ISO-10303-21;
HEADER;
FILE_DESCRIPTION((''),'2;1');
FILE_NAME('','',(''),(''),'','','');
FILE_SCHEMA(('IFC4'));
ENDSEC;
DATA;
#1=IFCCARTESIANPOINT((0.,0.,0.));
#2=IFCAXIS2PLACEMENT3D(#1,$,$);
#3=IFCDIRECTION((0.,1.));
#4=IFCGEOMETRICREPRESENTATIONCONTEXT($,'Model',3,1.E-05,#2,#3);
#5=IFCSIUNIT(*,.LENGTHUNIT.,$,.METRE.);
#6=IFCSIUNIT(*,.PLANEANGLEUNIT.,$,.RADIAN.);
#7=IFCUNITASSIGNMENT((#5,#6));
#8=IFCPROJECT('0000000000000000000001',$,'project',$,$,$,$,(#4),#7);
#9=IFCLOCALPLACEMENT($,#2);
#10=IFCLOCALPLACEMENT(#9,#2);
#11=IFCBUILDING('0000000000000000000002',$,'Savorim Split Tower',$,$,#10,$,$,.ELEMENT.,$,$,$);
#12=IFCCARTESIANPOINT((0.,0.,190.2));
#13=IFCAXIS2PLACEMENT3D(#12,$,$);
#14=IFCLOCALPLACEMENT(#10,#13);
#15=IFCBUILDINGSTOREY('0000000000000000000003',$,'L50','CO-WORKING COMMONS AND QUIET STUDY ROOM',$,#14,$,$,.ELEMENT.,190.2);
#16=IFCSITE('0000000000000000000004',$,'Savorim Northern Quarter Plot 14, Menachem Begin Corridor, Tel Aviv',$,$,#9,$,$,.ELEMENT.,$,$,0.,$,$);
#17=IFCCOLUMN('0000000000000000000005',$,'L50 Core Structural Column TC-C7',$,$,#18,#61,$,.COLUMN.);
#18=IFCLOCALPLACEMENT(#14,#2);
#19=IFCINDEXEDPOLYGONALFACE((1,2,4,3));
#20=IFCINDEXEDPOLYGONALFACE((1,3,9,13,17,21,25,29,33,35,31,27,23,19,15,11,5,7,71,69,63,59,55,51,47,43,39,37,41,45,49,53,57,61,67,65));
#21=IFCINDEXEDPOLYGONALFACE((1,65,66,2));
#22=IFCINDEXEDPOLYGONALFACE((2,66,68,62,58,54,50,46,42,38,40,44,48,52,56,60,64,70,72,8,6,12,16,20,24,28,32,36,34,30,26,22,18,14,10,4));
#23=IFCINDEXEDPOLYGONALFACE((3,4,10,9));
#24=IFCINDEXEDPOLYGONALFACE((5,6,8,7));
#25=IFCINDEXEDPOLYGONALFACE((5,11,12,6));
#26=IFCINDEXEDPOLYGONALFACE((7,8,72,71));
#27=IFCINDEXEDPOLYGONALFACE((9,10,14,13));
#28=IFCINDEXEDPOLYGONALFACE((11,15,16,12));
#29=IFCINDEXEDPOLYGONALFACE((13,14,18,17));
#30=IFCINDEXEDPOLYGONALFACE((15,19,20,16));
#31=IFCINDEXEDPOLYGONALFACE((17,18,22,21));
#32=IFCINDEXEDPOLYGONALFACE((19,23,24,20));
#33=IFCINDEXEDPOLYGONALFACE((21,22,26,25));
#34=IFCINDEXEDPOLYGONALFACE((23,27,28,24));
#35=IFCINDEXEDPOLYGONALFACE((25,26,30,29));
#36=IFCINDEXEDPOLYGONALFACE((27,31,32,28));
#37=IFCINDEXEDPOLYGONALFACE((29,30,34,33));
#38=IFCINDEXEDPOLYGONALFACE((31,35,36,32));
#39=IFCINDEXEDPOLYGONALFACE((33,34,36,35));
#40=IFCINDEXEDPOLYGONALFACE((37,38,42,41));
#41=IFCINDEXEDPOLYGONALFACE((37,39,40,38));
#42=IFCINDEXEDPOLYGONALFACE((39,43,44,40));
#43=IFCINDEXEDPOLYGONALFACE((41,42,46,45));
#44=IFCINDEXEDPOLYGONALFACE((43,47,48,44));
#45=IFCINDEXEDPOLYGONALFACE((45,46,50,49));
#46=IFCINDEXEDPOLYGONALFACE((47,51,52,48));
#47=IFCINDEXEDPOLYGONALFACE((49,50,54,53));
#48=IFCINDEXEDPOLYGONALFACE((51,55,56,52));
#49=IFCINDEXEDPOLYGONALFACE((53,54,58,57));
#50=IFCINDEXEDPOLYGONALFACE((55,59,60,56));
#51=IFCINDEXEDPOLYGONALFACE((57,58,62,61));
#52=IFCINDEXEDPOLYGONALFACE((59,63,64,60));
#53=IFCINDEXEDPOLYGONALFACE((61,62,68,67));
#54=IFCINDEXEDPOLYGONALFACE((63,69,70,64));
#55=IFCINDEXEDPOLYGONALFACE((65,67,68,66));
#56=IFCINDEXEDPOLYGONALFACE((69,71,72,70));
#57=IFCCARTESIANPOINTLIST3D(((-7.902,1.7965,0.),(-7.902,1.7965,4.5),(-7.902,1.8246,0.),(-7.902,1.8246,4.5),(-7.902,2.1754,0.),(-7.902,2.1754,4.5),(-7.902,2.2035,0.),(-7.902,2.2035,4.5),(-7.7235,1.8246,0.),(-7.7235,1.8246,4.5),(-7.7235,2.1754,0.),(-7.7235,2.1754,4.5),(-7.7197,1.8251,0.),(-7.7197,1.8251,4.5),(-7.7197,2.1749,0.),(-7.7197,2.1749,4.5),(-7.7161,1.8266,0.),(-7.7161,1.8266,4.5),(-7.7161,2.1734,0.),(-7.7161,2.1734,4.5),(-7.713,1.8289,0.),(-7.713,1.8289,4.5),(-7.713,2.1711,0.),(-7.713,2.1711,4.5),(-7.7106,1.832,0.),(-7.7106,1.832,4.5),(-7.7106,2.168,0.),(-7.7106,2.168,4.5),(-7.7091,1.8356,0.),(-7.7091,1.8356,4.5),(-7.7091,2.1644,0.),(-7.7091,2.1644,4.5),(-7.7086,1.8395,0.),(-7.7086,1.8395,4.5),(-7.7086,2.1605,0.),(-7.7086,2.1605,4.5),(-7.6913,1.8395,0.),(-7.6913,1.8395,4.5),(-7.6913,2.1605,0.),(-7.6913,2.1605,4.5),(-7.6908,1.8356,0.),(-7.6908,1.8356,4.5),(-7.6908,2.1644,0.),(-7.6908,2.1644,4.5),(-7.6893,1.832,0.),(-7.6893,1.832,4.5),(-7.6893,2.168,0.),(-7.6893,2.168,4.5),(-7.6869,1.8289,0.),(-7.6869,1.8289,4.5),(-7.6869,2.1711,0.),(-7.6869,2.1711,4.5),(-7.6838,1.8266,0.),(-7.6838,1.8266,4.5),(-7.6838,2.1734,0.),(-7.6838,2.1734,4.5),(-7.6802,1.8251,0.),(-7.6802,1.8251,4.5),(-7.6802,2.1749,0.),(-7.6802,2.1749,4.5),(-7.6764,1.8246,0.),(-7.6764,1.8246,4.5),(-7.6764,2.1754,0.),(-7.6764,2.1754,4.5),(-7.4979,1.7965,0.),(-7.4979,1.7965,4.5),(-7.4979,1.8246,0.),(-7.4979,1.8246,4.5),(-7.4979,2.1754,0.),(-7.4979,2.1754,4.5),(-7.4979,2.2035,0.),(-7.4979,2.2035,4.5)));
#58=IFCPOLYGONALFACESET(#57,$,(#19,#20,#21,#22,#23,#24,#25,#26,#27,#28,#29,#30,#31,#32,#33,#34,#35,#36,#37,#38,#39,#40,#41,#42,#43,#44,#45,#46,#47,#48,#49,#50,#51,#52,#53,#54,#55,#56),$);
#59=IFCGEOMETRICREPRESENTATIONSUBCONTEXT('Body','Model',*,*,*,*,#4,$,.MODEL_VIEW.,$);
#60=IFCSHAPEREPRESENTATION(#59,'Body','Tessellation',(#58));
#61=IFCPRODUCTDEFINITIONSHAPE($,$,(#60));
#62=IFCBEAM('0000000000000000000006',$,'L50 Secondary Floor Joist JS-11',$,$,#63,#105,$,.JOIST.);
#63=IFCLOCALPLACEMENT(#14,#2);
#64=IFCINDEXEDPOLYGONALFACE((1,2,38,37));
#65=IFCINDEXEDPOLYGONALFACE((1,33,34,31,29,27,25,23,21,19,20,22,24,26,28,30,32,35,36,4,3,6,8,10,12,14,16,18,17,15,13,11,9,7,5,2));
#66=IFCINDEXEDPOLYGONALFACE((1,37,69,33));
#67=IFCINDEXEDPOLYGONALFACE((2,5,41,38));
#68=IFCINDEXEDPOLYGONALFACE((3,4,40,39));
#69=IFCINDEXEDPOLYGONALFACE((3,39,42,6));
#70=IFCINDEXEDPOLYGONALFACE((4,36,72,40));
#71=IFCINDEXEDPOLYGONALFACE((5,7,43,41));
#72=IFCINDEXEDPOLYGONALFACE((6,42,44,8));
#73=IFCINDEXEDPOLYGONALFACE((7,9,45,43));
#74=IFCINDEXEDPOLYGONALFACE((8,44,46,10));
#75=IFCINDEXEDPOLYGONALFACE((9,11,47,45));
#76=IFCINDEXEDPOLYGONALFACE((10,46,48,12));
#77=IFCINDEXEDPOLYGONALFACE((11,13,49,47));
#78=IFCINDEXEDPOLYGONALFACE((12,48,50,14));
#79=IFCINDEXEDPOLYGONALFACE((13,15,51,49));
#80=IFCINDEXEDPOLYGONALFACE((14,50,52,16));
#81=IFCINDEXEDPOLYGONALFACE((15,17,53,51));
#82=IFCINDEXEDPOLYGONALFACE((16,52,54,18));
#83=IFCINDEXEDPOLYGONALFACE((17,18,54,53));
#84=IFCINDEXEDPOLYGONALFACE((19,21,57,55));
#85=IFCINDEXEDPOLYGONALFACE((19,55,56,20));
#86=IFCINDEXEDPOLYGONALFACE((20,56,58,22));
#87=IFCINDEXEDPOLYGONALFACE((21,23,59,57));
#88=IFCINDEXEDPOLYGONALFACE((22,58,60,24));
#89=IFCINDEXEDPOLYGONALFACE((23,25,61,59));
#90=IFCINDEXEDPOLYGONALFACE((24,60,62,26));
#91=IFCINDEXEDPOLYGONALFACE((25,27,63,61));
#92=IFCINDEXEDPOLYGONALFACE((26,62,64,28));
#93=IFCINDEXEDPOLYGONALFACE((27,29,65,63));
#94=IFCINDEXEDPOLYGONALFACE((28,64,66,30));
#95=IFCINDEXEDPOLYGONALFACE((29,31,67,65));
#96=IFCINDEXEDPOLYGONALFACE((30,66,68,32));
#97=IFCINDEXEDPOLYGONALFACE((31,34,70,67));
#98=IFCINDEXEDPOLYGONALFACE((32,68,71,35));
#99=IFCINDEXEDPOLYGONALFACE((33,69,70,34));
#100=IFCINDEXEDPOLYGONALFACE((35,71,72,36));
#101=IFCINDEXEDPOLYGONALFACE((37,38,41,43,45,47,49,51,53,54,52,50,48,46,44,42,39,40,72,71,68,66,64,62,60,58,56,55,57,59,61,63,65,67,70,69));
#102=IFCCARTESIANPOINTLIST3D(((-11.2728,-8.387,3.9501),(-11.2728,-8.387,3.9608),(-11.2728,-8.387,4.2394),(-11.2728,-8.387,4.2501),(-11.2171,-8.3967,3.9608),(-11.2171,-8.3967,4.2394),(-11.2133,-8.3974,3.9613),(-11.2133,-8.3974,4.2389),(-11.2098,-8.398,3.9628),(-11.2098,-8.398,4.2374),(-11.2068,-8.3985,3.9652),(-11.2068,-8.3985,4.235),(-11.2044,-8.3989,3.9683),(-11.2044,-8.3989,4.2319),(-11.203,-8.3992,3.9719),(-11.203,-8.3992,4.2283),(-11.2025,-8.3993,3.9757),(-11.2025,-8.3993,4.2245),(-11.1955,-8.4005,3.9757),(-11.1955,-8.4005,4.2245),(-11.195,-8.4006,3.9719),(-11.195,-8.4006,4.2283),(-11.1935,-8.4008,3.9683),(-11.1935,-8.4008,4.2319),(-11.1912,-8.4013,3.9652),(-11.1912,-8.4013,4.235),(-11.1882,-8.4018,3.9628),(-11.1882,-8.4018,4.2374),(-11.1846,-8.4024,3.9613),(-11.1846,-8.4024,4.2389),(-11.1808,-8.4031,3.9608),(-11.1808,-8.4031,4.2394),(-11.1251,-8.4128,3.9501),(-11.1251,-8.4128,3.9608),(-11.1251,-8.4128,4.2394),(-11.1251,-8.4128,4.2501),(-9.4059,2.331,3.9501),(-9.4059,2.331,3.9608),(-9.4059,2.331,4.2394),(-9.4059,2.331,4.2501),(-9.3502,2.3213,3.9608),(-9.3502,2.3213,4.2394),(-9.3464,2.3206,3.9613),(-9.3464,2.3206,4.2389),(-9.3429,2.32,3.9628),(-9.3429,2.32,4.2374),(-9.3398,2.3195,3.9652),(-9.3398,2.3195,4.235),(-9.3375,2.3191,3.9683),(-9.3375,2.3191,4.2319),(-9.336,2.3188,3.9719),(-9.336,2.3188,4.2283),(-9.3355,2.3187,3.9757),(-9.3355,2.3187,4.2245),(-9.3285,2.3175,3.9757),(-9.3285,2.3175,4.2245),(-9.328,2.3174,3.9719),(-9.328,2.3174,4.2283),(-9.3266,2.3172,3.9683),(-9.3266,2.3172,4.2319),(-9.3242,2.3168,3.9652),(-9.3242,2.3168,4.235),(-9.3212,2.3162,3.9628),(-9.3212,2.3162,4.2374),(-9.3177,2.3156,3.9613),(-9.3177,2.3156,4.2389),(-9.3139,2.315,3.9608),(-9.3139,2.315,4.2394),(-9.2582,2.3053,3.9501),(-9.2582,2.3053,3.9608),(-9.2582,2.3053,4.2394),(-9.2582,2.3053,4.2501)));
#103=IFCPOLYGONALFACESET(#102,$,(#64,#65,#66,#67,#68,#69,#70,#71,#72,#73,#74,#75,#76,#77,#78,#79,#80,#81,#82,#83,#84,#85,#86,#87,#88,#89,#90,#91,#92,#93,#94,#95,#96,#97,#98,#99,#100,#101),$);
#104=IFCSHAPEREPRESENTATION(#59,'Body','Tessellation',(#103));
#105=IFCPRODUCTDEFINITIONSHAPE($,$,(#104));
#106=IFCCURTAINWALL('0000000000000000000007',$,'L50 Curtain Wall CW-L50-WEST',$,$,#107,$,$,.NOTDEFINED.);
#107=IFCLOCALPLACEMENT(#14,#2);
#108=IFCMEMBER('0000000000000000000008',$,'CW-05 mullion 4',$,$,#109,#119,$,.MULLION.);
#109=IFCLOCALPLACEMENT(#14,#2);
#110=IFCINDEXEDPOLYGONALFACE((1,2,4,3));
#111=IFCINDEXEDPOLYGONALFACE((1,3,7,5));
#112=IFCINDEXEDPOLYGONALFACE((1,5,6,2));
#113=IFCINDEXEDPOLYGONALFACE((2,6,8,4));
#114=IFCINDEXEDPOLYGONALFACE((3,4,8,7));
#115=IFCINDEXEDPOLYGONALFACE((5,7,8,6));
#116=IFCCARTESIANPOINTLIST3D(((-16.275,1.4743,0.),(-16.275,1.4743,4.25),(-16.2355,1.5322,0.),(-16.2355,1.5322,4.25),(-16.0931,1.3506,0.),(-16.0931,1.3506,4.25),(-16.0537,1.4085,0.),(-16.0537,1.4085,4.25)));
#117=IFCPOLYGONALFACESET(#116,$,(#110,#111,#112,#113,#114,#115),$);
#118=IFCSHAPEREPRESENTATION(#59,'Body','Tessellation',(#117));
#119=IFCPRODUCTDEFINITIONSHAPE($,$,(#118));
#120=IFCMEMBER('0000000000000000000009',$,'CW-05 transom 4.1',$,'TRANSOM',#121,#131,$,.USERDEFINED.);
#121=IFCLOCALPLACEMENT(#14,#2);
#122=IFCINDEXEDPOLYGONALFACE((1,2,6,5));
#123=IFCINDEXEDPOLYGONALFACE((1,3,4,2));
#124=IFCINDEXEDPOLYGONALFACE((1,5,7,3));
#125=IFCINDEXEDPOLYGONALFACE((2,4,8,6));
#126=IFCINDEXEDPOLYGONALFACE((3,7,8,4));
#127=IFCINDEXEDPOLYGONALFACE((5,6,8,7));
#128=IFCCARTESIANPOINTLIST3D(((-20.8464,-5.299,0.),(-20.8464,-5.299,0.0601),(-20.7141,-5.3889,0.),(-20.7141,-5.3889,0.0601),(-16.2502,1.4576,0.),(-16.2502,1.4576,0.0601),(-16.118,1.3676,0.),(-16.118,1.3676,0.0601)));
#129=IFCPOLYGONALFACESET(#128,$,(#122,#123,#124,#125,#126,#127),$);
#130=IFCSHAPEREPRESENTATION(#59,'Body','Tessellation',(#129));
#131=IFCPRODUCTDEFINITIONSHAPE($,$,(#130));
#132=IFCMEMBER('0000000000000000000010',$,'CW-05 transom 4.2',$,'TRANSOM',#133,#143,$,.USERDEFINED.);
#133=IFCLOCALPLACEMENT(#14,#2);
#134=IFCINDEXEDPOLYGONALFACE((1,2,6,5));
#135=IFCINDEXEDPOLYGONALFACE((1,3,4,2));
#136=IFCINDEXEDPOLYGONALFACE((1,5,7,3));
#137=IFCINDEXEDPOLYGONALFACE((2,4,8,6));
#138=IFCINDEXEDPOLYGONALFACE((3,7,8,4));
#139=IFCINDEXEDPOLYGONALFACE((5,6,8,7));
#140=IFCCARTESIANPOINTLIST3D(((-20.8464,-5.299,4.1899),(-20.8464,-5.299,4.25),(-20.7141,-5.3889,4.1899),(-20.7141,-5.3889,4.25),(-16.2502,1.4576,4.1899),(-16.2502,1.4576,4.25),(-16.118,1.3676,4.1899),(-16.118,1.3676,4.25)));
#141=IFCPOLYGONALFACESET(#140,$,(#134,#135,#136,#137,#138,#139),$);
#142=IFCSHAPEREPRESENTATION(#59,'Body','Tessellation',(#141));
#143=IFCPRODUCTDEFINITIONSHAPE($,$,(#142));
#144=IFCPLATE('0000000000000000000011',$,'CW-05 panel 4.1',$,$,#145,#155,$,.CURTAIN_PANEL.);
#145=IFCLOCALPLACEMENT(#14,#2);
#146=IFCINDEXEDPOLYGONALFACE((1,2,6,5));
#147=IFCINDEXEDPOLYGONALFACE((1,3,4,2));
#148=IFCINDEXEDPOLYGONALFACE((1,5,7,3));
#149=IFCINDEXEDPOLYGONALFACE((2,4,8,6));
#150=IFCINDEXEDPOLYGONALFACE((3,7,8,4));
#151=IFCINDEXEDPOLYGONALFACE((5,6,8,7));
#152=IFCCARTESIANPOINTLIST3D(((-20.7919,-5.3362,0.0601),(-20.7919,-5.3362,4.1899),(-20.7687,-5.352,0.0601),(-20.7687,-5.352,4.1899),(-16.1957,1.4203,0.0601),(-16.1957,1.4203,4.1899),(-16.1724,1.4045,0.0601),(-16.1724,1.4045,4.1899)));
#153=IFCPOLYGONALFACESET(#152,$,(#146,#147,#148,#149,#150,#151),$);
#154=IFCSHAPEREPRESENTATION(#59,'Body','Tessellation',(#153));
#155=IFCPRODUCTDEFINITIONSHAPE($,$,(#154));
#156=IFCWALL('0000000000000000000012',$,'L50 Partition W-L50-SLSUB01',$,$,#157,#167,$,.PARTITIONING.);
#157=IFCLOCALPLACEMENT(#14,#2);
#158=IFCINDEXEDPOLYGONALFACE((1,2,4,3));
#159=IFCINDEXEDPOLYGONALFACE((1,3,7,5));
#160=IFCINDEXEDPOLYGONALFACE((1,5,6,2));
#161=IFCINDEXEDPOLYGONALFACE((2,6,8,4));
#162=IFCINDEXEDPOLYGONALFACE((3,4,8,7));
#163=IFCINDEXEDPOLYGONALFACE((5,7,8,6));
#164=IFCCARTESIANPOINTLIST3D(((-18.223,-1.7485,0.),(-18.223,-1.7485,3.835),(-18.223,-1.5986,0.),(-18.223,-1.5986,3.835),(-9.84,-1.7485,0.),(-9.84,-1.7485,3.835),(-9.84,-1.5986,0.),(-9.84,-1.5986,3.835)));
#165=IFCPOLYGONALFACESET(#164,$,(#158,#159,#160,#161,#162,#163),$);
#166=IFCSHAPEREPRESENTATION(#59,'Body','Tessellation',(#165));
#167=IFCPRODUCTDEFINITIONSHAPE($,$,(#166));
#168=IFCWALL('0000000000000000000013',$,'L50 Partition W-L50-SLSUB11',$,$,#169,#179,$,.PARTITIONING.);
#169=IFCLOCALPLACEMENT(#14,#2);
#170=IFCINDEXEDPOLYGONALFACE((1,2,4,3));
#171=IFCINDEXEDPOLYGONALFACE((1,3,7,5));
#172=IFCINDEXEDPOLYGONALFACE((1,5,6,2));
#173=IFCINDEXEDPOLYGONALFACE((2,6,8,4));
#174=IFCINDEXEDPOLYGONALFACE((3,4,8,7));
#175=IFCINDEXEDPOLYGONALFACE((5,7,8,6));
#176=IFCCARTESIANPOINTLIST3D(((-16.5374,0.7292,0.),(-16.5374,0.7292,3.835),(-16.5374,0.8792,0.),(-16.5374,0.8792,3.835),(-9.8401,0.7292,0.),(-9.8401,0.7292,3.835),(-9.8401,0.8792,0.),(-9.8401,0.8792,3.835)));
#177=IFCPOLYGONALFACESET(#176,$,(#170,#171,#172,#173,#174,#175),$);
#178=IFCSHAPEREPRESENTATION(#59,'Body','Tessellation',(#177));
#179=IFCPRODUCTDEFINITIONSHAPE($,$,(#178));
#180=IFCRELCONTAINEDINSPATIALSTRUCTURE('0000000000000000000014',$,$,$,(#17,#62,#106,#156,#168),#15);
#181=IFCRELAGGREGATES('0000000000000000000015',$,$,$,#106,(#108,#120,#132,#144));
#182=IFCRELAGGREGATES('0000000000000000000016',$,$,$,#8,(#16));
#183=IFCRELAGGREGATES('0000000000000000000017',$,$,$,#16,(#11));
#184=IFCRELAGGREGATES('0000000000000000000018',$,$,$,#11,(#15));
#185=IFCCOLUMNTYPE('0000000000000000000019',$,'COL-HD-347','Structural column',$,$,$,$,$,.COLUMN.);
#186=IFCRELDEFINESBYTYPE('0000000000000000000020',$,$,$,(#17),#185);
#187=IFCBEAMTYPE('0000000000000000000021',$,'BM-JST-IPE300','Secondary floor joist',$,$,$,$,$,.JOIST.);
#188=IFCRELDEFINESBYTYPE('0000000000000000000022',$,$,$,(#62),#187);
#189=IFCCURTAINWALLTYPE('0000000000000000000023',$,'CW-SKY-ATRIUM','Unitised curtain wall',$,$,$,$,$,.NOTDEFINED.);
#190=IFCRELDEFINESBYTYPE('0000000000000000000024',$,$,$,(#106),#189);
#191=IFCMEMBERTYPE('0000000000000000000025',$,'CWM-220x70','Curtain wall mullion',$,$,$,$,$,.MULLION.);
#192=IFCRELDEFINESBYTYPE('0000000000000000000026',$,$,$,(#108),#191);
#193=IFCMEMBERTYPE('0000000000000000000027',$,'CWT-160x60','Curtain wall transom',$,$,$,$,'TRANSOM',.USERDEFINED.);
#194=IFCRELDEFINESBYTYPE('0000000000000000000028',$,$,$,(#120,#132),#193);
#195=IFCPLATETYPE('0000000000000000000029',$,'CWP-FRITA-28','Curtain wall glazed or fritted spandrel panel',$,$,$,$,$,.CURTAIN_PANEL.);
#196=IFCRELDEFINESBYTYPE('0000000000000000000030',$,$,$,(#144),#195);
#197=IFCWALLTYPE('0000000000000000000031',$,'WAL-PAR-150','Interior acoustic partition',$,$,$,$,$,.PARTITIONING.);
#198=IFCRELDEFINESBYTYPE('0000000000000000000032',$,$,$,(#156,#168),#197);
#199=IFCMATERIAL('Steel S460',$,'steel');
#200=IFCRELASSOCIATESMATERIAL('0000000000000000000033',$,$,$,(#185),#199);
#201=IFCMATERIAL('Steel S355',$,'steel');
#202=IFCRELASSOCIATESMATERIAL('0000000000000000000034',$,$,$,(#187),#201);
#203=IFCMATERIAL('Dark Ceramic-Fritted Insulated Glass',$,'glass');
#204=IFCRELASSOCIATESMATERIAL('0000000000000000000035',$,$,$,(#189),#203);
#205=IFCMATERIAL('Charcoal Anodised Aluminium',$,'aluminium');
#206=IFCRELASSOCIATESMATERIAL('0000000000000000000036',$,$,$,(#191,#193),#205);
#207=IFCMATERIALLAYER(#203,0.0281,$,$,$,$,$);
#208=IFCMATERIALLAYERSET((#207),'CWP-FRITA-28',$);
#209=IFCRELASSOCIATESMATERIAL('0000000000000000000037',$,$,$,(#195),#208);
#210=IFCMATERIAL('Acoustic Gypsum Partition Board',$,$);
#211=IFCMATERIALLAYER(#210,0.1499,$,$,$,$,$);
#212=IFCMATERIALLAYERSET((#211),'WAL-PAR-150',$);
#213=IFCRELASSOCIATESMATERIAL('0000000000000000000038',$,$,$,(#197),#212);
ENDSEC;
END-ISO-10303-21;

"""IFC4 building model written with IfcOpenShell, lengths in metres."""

from ifc_helpers import new_model, si_unit, direction, frame, frame_2d, origin, origin_2d, place, context, subcontext, project, spatial, rectangle, i_section, extrude, material, layer, layer_set, material_profile, profile_set, type_object, element, aggregate, save


model = new_model("IFC4")

# Units and contexts
model_context = context("Model", 3, precision=1e-05, world=origin(), true_north=direction((0.0, 1.0)))
body_context = subcontext(model_context, "Body", "Model", "MODEL_VIEW")
ifc_project = project(units=[si_unit("LENGTHUNIT", "METRE"), si_unit("PLANEANGLEUNIT", "RADIAN")], contexts=[model_context])

# Site, building, storey
site_placement = place(None, origin())
site = spatial("IfcSite", under=ifc_project, at=site_placement, Name="Savorim Northern Quarter Plot 14, Menachem Begin Corridor, Tel Aviv", CompositionType="ELEMENT", RefElevation=0.0)
building_placement = place(site_placement, origin())
building = spatial("IfcBuilding", under=site, at=building_placement, Name="Savorim Split Tower", CompositionType="ELEMENT")
storey_placement = place(building_placement, frame((0.0, 0.0, 190.2)))
storey = spatial("IfcBuildingStorey", under=building, at=storey_placement, Name="L50", Description="CO-WORKING COMMONS AND QUIET STUDY ROOM", CompositionType="ELEMENT", Elevation=190.2)

# Column
ifc_material_1 = material(Name="Steel S460", Category="steel")
ifc_material_profile_1 = material_profile(ifc_material_1, i_section(OverallWidth=0.4041, OverallDepth=0.407, WebThickness=0.0173, FlangeThickness=0.0281, FilletRadius=0.0149, at=origin_2d()), Name="HD 400x347")
ifc_profile_set_1 = profile_set([ifc_material_profile_1], Name="Steel S460")
column_type = type_object("IfcColumnType", Name="COL-HD-347", Description="Structural column", PredefinedType="COLUMN", material=ifc_profile_set_1)
column_placement = place(storey_placement, frame((-7.7, 2.0, 0.0), z_axis=(0.0, 0.0, 1.0), x_axis=(1.0, 0.0, 0.0)))
element("IfcColumn", 1, at=column_placement, inside=storey, type_object=column_type, Name="L50 Core Structural Column TC-C7", PredefinedType="COLUMN", context=body_context, shape_type="SweptSolid", body=[
    extrude(i_section(OverallWidth=0.4041, OverallDepth=0.407, WebThickness=0.0173, FlangeThickness=0.0281, FilletRadius=0.0149, at=origin_2d()), origin(), (0.0, 0.0, 1.0), 4.5),
])

# Beam
ifc_material_2 = material(Name="Steel S355", Category="steel")
ifc_material_profile_2 = material_profile(ifc_material_2, i_section(OverallWidth=0.1499, OverallDepth=0.3, WebThickness=0.0071, FlangeThickness=0.0107, FilletRadius=0.0149, at=origin_2d()), Name="IPE 300")
ifc_profile_set_2 = profile_set([ifc_material_profile_2], Name="Steel S355")
beam_type = type_object("IfcBeamType", Name="BM-JST-IPE300", Description="Secondary floor joist", PredefinedType="JOIST", material=ifc_profile_set_2)
beam_placement = place(storey_placement, frame((-9.332, 2.3181, 4.1001), z_axis=(-0.171603, -0.985166, 0.0), x_axis=(0.985166, -0.171603, 0.0)))
element("IfcBeam", 2, at=beam_placement, inside=storey, type_object=beam_type, Name="L50 Secondary Floor Joist JS-11", PredefinedType="JOIST", context=body_context, shape_type="SweptSolid", body=[
    extrude(i_section(OverallWidth=0.1499, OverallDepth=0.3, WebThickness=0.0071, FlangeThickness=0.0107, FilletRadius=0.0149, at=origin_2d()), origin(), (0.0, 0.0, 1.0), 10.8794),
])

# Curtain wall, members, plate
ifc_material_3 = material(Name="Dark Ceramic-Fritted Insulated Glass", Category="glass")
curtain_wall_type = type_object("IfcCurtainWallType", Name="CW-SKY-ATRIUM", Description="Unitised curtain wall", PredefinedType="NOTDEFINED", material=ifc_material_3)
curtain_wall_placement = place(storey_placement, origin())
curtain_wall = element("IfcCurtainWall", 3, at=curtain_wall_placement, inside=storey, type_object=curtain_wall_type, Name="L50 Curtain Wall CW-L50-WEST", PredefinedType="NOTDEFINED")
ifc_material_4 = material(Name="Charcoal Anodised Aluminium", Category="aluminium")
ifc_material_profile_3 = material_profile(ifc_material_4, rectangle(XDim=0.22, YDim=0.0701, at=origin_2d()), Name="ALU-M 220x70")
ifc_profile_set_3 = profile_set([ifc_material_profile_3], Name="Charcoal Anodised Aluminium")
member_type_1 = type_object("IfcMemberType", Name="CWM-220x70", Description="Curtain wall mullion", PredefinedType="MULLION", material=ifc_profile_set_3)
member_1_placement = place(storey_placement, frame((-16.1643, 1.4414, 0.0), z_axis=(0.0, 0.0, 1.0), x_axis=(0.82682, -0.562466, 0.0)))
member_1 = element("IfcMember", 4, at=member_1_placement, type_object=member_type_1, Name="CW-05 mullion 4", PredefinedType="MULLION", context=body_context, shape_type="SweptSolid", body=[
    extrude(rectangle(XDim=0.22, YDim=0.0701, at=origin_2d()), origin(), (0.0, 0.0, 1.0), 4.25),
])
ifc_material_profile_4 = material_profile(ifc_material_4, rectangle(XDim=0.1599, YDim=0.0601, at=origin_2d()), Name="ALU-T 160x60")
ifc_profile_set_4 = profile_set([ifc_material_profile_4], Name="Charcoal Anodised Aluminium")
member_type_2 = type_object("IfcMemberType", Name="CWT-160x60", Description="Curtain wall transom", ElementType="TRANSOM", PredefinedType="USERDEFINED", material=ifc_profile_set_4)
member_2_placement = place(storey_placement, frame((-16.1841, 1.4126, 0.03), z_axis=(-0.562453, -0.826829, 0.0), x_axis=(0.826829, -0.562453, 0.0)))
member_2 = element("IfcMember", 5, at=member_2_placement, type_object=member_type_2, Name="CW-05 transom 4.1", ObjectType="TRANSOM", PredefinedType="USERDEFINED", context=body_context, shape_type="SweptSolid", body=[
    extrude(rectangle(XDim=0.1599, YDim=0.0601, at=origin_2d()), origin(), (0.0, 0.0, 1.0), 8.1716),
])
member_3_placement = place(storey_placement, frame((-16.1841, 1.4126, 4.22), z_axis=(-0.562453, -0.826829, 0.0), x_axis=(0.826829, -0.562453, 0.0)))
member_3 = element("IfcMember", 6, at=member_3_placement, type_object=member_type_2, Name="CW-05 transom 4.2", ObjectType="TRANSOM", PredefinedType="USERDEFINED", context=body_context, shape_type="SweptSolid", body=[
    extrude(rectangle(XDim=0.1599, YDim=0.0601, at=origin_2d()), origin(), (0.0, 0.0, 1.0), 8.1716),
])
ifc_layer_1 = layer(ifc_material_3, 0.0281)
ifc_layer_set_1 = layer_set([ifc_layer_1], Name="CWP-FRITA-28")
plate_type = type_object("IfcPlateType", Name="CWP-FRITA-28", Description="Curtain wall glazed or fritted spandrel panel", PredefinedType="CURTAIN_PANEL", material=ifc_layer_set_1)
plate_placement = place(storey_placement, frame((-18.4822, -1.9658, 0.0601), z_axis=(0.0, 0.0, 1.0), x_axis=(-0.562466, -0.82682, 0.0)))
plate = element("IfcPlate", 7, at=plate_placement, type_object=plate_type, Name="CW-05 panel 4.1", PredefinedType="CURTAIN_PANEL", context=body_context, shape_type="SweptSolid", body=[
    extrude(rectangle(XDim=8.1716, YDim=0.0281, at=origin_2d()), origin(), (0.0, 0.0, 1.0), 4.1299),
])
aggregate(curtain_wall, [member_1, member_2, member_3, plate])

# Walls
ifc_material_5 = material(Name="Acoustic Gypsum Partition Board")
ifc_layer_2 = layer(ifc_material_5, 0.1499)
ifc_layer_set_2 = layer_set([ifc_layer_2], Name="WAL-PAR-150")
wall_type_1 = type_object("IfcWallType", Name="WAL-PAR-150", Description="Interior acoustic partition", PredefinedType="PARTITIONING", material=ifc_layer_set_2)
wall_1_placement = place(storey_placement, frame((-9.8401, -1.6736, 0.0), z_axis=(0.0, 0.0, 1.0), x_axis=(-1.0, 0.0, 0.0)))
element("IfcWall", 8, at=wall_1_placement, inside=storey, type_object=wall_type_1, Name="L50 Partition W-L50-SLSUB01", PredefinedType="PARTITIONING", context=body_context, shape_type="SweptSolid", body=[
    extrude(rectangle(XDim=8.3831, YDim=0.1499, at=frame_2d((4.1914, 0.0))), origin(), (0.0, 0.0, 1.0), 3.835),
])
wall_2_placement = place(storey_placement, frame((-9.8401, 0.8042, 0.0), z_axis=(0.0, 0.0, 1.0), x_axis=(-1.0, 0.0, 0.0)))
element("IfcWall", 9, at=wall_2_placement, inside=storey, type_object=wall_type_1, Name="L50 Partition W-L50-SLSUB11", PredefinedType="PARTITIONING", context=body_context, shape_type="SweptSolid", body=[
    extrude(rectangle(XDim=6.6973, YDim=0.1499, at=frame_2d((3.3486, 0.0))), origin(), (0.0, 0.0, 1.0), 3.835),
])

save(model, "model.ifc")
